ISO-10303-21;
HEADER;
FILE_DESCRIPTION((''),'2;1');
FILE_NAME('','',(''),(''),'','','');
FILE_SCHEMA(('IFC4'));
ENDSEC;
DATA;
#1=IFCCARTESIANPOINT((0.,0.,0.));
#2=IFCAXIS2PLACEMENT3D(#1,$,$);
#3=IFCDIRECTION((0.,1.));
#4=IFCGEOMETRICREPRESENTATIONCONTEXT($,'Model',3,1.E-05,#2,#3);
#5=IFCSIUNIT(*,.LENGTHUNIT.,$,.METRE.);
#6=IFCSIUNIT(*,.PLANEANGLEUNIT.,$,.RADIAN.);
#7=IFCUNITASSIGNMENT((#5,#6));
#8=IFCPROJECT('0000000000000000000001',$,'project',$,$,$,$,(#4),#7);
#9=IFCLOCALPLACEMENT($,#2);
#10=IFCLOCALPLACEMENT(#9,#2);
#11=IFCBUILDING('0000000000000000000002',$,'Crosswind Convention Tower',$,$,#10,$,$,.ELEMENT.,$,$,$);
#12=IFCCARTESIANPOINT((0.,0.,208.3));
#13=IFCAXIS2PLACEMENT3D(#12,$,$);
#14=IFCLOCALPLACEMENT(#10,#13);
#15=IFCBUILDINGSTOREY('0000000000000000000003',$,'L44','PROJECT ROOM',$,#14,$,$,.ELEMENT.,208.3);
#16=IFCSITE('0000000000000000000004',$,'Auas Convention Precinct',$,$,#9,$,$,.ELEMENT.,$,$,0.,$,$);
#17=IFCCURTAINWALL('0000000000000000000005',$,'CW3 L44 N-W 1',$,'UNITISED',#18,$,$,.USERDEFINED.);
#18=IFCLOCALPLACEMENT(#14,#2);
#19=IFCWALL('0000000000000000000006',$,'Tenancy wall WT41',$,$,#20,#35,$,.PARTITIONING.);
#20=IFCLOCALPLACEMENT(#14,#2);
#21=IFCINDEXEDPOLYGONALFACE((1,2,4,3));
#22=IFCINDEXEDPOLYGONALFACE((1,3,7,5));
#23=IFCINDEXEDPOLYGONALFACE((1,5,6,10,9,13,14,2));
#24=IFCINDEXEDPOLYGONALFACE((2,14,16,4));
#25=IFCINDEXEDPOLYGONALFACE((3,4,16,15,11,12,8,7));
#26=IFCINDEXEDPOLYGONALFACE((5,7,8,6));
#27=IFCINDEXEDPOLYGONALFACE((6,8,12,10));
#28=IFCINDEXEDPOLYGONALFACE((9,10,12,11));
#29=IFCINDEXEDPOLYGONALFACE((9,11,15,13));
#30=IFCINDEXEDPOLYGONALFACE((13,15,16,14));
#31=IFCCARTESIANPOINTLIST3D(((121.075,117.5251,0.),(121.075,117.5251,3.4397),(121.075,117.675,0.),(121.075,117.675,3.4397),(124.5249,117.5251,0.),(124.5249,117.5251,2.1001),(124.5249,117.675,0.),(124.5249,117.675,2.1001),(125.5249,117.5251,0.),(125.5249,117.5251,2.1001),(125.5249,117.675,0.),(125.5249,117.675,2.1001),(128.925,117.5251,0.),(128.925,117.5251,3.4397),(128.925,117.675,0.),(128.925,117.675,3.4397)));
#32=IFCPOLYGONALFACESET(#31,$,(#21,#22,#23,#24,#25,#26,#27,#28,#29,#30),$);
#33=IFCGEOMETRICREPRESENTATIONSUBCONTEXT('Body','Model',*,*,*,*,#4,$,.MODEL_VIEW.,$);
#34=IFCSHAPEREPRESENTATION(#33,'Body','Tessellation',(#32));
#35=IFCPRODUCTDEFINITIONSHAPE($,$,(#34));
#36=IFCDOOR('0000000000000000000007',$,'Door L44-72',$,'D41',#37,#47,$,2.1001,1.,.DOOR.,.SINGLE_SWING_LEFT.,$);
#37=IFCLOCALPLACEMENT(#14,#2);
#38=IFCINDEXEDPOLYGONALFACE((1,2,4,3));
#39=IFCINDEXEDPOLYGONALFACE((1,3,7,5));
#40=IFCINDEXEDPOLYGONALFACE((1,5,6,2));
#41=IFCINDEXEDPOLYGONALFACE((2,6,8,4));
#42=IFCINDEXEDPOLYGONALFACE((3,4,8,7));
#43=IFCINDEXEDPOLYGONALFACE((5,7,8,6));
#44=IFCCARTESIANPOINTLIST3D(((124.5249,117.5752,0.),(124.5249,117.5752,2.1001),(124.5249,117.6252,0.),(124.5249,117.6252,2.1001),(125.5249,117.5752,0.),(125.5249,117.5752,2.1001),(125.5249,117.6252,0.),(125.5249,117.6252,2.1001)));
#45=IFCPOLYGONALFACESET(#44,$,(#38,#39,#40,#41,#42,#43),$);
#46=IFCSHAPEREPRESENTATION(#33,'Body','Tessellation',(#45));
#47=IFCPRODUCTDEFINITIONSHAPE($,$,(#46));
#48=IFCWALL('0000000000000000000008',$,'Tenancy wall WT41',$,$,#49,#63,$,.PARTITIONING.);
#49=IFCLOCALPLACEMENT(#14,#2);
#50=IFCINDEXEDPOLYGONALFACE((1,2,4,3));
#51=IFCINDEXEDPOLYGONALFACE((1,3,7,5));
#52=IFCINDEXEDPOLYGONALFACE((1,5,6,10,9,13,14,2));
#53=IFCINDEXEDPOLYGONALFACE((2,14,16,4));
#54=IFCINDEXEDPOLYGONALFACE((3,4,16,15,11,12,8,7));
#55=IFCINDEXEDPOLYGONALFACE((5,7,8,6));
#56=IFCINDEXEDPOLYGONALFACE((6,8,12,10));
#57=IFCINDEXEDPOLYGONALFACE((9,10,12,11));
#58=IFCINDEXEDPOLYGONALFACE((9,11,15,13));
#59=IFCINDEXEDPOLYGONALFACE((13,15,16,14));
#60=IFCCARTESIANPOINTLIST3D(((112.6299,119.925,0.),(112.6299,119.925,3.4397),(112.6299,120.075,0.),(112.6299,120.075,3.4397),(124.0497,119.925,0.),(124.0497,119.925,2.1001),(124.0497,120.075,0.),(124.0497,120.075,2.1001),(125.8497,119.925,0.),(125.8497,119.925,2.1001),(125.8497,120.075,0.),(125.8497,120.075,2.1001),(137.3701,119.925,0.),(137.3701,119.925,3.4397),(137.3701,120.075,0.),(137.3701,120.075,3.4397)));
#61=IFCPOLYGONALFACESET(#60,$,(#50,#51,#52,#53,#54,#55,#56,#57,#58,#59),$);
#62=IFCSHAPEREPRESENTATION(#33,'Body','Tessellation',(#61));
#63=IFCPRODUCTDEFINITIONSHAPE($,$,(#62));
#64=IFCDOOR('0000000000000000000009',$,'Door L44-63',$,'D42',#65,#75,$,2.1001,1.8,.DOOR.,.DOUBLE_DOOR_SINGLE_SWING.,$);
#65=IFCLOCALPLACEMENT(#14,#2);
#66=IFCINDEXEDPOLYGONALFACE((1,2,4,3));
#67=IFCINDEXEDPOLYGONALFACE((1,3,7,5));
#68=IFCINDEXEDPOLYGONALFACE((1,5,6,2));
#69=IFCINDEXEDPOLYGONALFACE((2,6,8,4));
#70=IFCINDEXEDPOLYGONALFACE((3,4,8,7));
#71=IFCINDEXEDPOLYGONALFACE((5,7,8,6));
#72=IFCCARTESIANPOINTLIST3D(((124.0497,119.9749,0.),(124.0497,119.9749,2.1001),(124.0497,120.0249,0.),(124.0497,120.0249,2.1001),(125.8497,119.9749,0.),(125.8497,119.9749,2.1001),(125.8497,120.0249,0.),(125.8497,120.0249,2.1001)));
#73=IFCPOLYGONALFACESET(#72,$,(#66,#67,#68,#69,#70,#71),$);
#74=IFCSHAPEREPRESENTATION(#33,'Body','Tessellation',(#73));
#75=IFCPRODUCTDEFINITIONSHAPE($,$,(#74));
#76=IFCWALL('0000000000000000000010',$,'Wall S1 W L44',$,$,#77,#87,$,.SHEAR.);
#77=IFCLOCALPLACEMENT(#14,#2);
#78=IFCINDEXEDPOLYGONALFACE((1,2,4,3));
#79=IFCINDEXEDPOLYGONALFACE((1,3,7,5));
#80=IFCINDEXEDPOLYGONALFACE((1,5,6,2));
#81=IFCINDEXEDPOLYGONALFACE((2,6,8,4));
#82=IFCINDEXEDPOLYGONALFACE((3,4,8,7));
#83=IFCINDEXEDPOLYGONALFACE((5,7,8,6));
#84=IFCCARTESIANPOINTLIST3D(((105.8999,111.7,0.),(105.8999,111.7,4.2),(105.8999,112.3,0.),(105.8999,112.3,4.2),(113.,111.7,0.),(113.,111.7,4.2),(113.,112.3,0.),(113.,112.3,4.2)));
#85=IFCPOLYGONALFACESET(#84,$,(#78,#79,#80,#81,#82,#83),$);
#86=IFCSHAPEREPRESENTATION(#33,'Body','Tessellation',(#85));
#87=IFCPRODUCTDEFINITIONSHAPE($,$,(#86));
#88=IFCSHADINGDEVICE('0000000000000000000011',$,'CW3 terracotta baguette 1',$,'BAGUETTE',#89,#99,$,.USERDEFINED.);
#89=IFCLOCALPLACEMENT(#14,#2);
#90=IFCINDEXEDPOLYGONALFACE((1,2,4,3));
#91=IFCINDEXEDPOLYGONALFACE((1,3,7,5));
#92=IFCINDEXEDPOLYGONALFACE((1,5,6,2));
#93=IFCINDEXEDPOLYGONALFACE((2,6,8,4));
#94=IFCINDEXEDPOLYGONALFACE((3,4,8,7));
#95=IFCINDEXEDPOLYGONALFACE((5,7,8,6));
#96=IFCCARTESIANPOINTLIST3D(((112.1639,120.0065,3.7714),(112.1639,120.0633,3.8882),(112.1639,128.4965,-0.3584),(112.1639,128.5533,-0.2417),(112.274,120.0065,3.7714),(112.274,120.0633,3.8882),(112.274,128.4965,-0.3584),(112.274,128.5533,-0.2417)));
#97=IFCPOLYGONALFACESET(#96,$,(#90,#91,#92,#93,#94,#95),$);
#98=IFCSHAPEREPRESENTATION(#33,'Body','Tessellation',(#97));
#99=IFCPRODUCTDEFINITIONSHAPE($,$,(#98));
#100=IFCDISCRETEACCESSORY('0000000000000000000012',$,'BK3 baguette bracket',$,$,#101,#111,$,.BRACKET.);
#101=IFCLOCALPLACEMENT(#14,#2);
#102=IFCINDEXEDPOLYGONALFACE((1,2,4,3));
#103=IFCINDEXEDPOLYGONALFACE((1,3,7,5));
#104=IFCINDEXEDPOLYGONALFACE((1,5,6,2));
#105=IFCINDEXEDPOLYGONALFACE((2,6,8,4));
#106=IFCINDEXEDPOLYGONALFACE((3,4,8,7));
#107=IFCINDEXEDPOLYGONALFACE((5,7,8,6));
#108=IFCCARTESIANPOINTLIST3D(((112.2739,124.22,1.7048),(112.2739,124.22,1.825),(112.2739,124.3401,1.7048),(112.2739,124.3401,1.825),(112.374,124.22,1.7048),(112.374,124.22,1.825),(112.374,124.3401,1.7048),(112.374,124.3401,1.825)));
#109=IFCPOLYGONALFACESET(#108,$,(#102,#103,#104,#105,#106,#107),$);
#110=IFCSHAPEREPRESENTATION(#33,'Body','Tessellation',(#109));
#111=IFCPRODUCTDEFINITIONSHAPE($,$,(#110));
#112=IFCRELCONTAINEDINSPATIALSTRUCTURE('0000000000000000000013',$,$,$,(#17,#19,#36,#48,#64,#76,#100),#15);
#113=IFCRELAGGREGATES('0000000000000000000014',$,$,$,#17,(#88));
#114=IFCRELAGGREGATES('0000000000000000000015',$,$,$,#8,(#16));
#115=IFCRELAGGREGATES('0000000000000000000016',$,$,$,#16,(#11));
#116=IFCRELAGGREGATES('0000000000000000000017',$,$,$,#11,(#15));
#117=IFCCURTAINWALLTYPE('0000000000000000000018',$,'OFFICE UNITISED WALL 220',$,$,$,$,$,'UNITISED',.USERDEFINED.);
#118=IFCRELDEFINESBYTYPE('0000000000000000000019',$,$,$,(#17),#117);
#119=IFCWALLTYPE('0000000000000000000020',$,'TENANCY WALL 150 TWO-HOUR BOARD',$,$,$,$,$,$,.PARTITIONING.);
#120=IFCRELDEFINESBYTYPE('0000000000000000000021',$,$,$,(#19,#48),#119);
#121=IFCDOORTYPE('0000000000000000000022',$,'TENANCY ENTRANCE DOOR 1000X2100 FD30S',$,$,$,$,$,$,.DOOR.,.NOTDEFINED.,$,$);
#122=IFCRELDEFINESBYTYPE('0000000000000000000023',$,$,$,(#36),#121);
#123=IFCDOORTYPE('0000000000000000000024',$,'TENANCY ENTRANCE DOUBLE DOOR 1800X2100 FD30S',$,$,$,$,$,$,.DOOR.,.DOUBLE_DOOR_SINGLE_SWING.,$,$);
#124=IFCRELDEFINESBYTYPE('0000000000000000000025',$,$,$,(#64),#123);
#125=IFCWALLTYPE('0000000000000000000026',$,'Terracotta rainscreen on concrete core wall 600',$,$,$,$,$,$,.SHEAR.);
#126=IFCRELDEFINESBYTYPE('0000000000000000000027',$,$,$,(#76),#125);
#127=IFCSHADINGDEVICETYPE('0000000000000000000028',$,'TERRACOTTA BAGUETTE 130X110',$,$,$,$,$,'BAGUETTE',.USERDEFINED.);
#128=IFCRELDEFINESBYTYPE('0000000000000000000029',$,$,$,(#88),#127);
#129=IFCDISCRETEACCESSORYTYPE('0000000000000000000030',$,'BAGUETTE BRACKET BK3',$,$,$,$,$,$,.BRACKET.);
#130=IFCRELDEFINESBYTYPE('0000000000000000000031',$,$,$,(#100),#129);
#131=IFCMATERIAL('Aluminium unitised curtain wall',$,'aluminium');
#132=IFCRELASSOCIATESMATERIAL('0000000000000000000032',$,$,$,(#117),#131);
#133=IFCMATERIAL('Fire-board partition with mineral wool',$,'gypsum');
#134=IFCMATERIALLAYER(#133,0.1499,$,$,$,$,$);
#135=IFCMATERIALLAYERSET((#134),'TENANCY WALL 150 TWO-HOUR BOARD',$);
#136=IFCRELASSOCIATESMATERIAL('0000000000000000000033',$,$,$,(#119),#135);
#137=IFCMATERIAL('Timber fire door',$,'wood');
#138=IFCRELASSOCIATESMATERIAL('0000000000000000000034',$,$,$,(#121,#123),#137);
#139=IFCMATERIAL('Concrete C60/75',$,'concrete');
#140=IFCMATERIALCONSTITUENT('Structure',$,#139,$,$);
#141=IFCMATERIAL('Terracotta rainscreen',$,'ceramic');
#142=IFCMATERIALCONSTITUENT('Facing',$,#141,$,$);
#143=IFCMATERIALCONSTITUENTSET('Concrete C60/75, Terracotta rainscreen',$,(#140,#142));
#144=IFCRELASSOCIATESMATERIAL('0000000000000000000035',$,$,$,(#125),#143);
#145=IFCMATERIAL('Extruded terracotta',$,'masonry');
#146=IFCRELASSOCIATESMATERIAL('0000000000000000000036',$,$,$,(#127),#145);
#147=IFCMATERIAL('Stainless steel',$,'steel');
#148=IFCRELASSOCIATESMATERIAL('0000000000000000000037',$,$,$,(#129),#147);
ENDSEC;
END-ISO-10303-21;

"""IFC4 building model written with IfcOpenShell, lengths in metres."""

from ifc_helpers import new_model, si_unit, direction, frame, frame_2d, origin, origin_2d, place, context, subcontext, project, spatial, rectangle, extrude, material, layer, layer_set, constituent, constituent_set, material_profile, profile_set, type_object, element, fill, aggregate, save


model = new_model("IFC4")

# Units and contexts
model_context = context("Model", 3, precision=1e-05, world=origin(), true_north=direction((0.0, 1.0)))
body_context = subcontext(model_context, "Body", "Model", "MODEL_VIEW")
ifc_project = project(units=[si_unit("LENGTHUNIT", "METRE"), si_unit("PLANEANGLEUNIT", "RADIAN")], contexts=[model_context])

# Site, building, storey
site_placement = place(None, origin())
site = spatial("IfcSite", under=ifc_project, at=site_placement, Name="Auas Convention Precinct", CompositionType="ELEMENT", RefElevation=0.0)
building_placement = place(site_placement, origin())
building = spatial("IfcBuilding", under=site, at=building_placement, Name="Crosswind Convention Tower", CompositionType="ELEMENT")
storey_placement = place(building_placement, frame((0.0, 0.0, 208.3)))
storey = spatial("IfcBuildingStorey", under=building, at=storey_placement, Name="L44", Description="PROJECT ROOM", CompositionType="ELEMENT", Elevation=208.3)

# Shared definitions
ifc_material_1 = material(Name="Concrete C60/75", Category="concrete")

# Shared definitions
ifc_material_2 = material(Name="Aluminium unitised curtain wall", Category="aluminium")
curtain_wall_type_1 = type_object("IfcCurtainWallType", Name="OFFICE UNITISED WALL 220", ElementType="UNITISED", PredefinedType="USERDEFINED", material=ifc_material_2)

# Curtain wall
curtain_wall_1_placement = place(storey_placement, origin())
curtain_wall_1 = element("IfcCurtainWall", 1, at=curtain_wall_1_placement, inside=storey, type_object=curtain_wall_type_1, Name="CW3 L44 N-W 1", ObjectType="UNITISED", PredefinedType="USERDEFINED")

# Walls, openings, doors
ifc_material_3 = material(Name="Fire-board partition with mineral wool", Category="gypsum")
ifc_layer_1 = layer(ifc_material_3, 0.1499)
ifc_layer_set_1 = layer_set([ifc_layer_1], Name="TENANCY WALL 150 TWO-HOUR BOARD")
wall_type_1 = type_object("IfcWallType", Name="TENANCY WALL 150 TWO-HOUR BOARD", PredefinedType="PARTITIONING", material=ifc_layer_set_1)
wall_1_placement = place(storey_placement, frame((121.075, 117.6001, 0.0), z_axis=(0.0, 0.0, 1.0), x_axis=(1.0, 0.0, 0.0)))
wall_1 = element("IfcWall", 2, at=wall_1_placement, inside=storey, type_object=wall_type_1, Name="Tenancy wall WT41", PredefinedType="PARTITIONING", context=body_context, shape_type="SweptSolid", body=[
    extrude(rectangle(XDim=7.8501, YDim=0.1499, at=frame_2d((3.925, 0.0))), origin(), (0.0, 0.0, 1.0), 3.4397),
])
opening_1_placement = place(wall_1_placement, frame((3.45, 0.0, 0.0)))
opening_1 = element("IfcOpeningElement", 3, at=opening_1_placement, cuts=wall_1, PredefinedType="OPENING", context=body_context, shape_type="SweptSolid", body=[
    extrude(rectangle(XDim=1.0, YDim=2.1001, at=frame_2d((0.5, 1.05))), frame((0.0, 0.085, 0.0), z_axis=(0.0, -1.0, 0.0), x_axis=(1.0, 0.0, 0.0)), (0.0, 0.0, 1.0), 0.1699),
])
ifc_material_4 = material(Name="Timber fire door", Category="wood")
door_type_1 = type_object("IfcDoorType", Name="TENANCY ENTRANCE DOOR 1000X2100 FD30S", OperationType="NOTDEFINED", PredefinedType="DOOR", material=ifc_material_4)
door_1_placement = place(opening_1_placement, frame((1.0, 0.0, 0.0), z_axis=(0.0, 0.0, 1.0), x_axis=(-1.0, 0.0, 0.0)))
door_1 = element("IfcDoor", 4, at=door_1_placement, inside=storey, type_object=door_type_1, Name="Door L44-72", ObjectType="D41", OperationType="SINGLE_SWING_LEFT", OverallHeight=2.1001, OverallWidth=1.0, PredefinedType="DOOR", context=body_context, shape_type="SweptSolid", body=[
    extrude(rectangle(XDim=1.0, YDim=2.1001, at=frame_2d((0.5, 1.05))), frame((0.0, 0.0249, 0.0), z_axis=(0.0, -1.0, 0.0), x_axis=(1.0, 0.0, 0.0)), (0.0, 0.0, 1.0), 0.05),
])
fill(opening_1, door_1)
wall_2_placement = place(storey_placement, frame((112.6299, 120.0, 0.0), z_axis=(0.0, 0.0, 1.0), x_axis=(1.0, 0.0, 0.0)))
wall_2 = element("IfcWall", 5, at=wall_2_placement, inside=storey, type_object=wall_type_1, Name="Tenancy wall WT41", PredefinedType="PARTITIONING", context=body_context, shape_type="SweptSolid", body=[
    extrude(rectangle(XDim=24.7402, YDim=0.1499, at=frame_2d((12.3701, 0.0))), origin(), (0.0, 0.0, 1.0), 3.4397),
])
opening_2_placement = place(wall_2_placement, frame((11.4199, 0.0, 0.0)))
opening_2 = element("IfcOpeningElement", 6, at=opening_2_placement, cuts=wall_2, PredefinedType="OPENING", context=body_context, shape_type="SweptSolid", body=[
    extrude(rectangle(XDim=1.8, YDim=2.1001, at=frame_2d((0.8999, 1.05))), frame((0.0, 0.085, 0.0), z_axis=(0.0, -1.0, 0.0), x_axis=(1.0, 0.0, 0.0)), (0.0, 0.0, 1.0), 0.1699),
])
door_type_2 = type_object("IfcDoorType", Name="TENANCY ENTRANCE DOUBLE DOOR 1800X2100 FD30S", OperationType="DOUBLE_DOOR_SINGLE_SWING", PredefinedType="DOOR", material=ifc_material_4)
door_2_placement = place(opening_2_placement, origin())
door_2 = element("IfcDoor", 7, at=door_2_placement, inside=storey, type_object=door_type_2, Name="Door L44-63", ObjectType="D42", OperationType="DOUBLE_DOOR_SINGLE_SWING", OverallHeight=2.1001, OverallWidth=1.8, PredefinedType="DOOR", context=body_context, shape_type="SweptSolid", body=[
    extrude(rectangle(XDim=1.8, YDim=2.1001, at=frame_2d((0.8999, 1.05))), frame((0.0, 0.0249, 0.0), z_axis=(0.0, -1.0, 0.0), x_axis=(1.0, 0.0, 0.0)), (0.0, 0.0, 1.0), 0.05),
])
fill(opening_2, door_2)

# Wall
ifc_constituent_1 = constituent(ifc_material_1, Name="Structure")
ifc_material_5 = material(Name="Terracotta rainscreen", Category="ceramic")
ifc_constituent_2 = constituent(ifc_material_5, Name="Facing")
ifc_constituent_set = constituent_set(constituents=[ifc_constituent_1, ifc_constituent_2], Name="Concrete C60/75, Terracotta rainscreen")
wall_type_2 = type_object("IfcWallType", Name="Terracotta rainscreen on concrete core wall 600", PredefinedType="SHEAR", material=ifc_constituent_set)
wall_3_placement = place(storey_placement, frame((113.0, 112.0, 0.0), z_axis=(0.0, 0.0, 1.0), x_axis=(-1.0, 0.0, 0.0)))
element("IfcWall", 8, at=wall_3_placement, inside=storey, type_object=wall_type_2, Name="Wall S1 W L44", PredefinedType="SHEAR", context=body_context, shape_type="SweptSolid", body=[
    extrude(rectangle(XDim=7.1001, YDim=0.6001, at=frame_2d((3.55, 0.0))), origin(), (0.0, 0.0, 1.0), 4.2),
])

# Shading device
ifc_material_6 = material(Name="Extruded terracotta", Category="masonry")
ifc_material_profile_1 = material_profile(ifc_material_6, rectangle(XDim=0.1101, YDim=0.1299, at=origin_2d()), Name="TC 110X130")
ifc_profile_set_1 = profile_set([ifc_material_profile_1], Name="Extruded terracotta")
shading_device_type = type_object("IfcShadingDeviceType", Name="TERRACOTTA BAGUETTE 130X110", ElementType="BAGUETTE", PredefinedType="USERDEFINED", material=ifc_profile_set_1)
shading_device_placement = place(storey_placement, frame((112.219, 128.5249, -0.3), z_axis=(0.0, -0.899251, 0.437433), x_axis=(1.0, 0.0, 0.0)))
shading_device = element("IfcShadingDevice", 9, at=shading_device_placement, type_object=shading_device_type, Name="CW3 terracotta baguette 1", ObjectType="BAGUETTE", PredefinedType="USERDEFINED", context=body_context, shape_type="SweptSolid", body=[
    extrude(rectangle(XDim=0.1101, YDim=0.1299, at=origin_2d()), origin(), (0.0, 0.0, 1.0), 9.4412),
])
aggregate(curtain_wall_1, [shading_device])

# Discrete accessory
ifc_material_7 = material(Name="Stainless steel", Category="steel")
discrete_accessory_type = type_object("IfcDiscreteAccessoryType", Name="BAGUETTE BRACKET BK3", PredefinedType="BRACKET", material=ifc_material_7)
discrete_accessory_placement = place(storey_placement, frame((112.324, 124.28, 1.7048), z_axis=(0.0, 0.0, 1.0), x_axis=(0.0, -1.0, 0.0)))
element("IfcDiscreteAccessory", 10, at=discrete_accessory_placement, inside=storey, type_object=discrete_accessory_type, Name="BK3 baguette bracket", PredefinedType="BRACKET", context=body_context, shape_type="SweptSolid", body=[
    extrude(rectangle(XDim=0.1201, YDim=0.1001, at=origin_2d()), origin(), (0.0, 0.0, 1.0), 0.1201),
])

save(model, "model.ifc")
